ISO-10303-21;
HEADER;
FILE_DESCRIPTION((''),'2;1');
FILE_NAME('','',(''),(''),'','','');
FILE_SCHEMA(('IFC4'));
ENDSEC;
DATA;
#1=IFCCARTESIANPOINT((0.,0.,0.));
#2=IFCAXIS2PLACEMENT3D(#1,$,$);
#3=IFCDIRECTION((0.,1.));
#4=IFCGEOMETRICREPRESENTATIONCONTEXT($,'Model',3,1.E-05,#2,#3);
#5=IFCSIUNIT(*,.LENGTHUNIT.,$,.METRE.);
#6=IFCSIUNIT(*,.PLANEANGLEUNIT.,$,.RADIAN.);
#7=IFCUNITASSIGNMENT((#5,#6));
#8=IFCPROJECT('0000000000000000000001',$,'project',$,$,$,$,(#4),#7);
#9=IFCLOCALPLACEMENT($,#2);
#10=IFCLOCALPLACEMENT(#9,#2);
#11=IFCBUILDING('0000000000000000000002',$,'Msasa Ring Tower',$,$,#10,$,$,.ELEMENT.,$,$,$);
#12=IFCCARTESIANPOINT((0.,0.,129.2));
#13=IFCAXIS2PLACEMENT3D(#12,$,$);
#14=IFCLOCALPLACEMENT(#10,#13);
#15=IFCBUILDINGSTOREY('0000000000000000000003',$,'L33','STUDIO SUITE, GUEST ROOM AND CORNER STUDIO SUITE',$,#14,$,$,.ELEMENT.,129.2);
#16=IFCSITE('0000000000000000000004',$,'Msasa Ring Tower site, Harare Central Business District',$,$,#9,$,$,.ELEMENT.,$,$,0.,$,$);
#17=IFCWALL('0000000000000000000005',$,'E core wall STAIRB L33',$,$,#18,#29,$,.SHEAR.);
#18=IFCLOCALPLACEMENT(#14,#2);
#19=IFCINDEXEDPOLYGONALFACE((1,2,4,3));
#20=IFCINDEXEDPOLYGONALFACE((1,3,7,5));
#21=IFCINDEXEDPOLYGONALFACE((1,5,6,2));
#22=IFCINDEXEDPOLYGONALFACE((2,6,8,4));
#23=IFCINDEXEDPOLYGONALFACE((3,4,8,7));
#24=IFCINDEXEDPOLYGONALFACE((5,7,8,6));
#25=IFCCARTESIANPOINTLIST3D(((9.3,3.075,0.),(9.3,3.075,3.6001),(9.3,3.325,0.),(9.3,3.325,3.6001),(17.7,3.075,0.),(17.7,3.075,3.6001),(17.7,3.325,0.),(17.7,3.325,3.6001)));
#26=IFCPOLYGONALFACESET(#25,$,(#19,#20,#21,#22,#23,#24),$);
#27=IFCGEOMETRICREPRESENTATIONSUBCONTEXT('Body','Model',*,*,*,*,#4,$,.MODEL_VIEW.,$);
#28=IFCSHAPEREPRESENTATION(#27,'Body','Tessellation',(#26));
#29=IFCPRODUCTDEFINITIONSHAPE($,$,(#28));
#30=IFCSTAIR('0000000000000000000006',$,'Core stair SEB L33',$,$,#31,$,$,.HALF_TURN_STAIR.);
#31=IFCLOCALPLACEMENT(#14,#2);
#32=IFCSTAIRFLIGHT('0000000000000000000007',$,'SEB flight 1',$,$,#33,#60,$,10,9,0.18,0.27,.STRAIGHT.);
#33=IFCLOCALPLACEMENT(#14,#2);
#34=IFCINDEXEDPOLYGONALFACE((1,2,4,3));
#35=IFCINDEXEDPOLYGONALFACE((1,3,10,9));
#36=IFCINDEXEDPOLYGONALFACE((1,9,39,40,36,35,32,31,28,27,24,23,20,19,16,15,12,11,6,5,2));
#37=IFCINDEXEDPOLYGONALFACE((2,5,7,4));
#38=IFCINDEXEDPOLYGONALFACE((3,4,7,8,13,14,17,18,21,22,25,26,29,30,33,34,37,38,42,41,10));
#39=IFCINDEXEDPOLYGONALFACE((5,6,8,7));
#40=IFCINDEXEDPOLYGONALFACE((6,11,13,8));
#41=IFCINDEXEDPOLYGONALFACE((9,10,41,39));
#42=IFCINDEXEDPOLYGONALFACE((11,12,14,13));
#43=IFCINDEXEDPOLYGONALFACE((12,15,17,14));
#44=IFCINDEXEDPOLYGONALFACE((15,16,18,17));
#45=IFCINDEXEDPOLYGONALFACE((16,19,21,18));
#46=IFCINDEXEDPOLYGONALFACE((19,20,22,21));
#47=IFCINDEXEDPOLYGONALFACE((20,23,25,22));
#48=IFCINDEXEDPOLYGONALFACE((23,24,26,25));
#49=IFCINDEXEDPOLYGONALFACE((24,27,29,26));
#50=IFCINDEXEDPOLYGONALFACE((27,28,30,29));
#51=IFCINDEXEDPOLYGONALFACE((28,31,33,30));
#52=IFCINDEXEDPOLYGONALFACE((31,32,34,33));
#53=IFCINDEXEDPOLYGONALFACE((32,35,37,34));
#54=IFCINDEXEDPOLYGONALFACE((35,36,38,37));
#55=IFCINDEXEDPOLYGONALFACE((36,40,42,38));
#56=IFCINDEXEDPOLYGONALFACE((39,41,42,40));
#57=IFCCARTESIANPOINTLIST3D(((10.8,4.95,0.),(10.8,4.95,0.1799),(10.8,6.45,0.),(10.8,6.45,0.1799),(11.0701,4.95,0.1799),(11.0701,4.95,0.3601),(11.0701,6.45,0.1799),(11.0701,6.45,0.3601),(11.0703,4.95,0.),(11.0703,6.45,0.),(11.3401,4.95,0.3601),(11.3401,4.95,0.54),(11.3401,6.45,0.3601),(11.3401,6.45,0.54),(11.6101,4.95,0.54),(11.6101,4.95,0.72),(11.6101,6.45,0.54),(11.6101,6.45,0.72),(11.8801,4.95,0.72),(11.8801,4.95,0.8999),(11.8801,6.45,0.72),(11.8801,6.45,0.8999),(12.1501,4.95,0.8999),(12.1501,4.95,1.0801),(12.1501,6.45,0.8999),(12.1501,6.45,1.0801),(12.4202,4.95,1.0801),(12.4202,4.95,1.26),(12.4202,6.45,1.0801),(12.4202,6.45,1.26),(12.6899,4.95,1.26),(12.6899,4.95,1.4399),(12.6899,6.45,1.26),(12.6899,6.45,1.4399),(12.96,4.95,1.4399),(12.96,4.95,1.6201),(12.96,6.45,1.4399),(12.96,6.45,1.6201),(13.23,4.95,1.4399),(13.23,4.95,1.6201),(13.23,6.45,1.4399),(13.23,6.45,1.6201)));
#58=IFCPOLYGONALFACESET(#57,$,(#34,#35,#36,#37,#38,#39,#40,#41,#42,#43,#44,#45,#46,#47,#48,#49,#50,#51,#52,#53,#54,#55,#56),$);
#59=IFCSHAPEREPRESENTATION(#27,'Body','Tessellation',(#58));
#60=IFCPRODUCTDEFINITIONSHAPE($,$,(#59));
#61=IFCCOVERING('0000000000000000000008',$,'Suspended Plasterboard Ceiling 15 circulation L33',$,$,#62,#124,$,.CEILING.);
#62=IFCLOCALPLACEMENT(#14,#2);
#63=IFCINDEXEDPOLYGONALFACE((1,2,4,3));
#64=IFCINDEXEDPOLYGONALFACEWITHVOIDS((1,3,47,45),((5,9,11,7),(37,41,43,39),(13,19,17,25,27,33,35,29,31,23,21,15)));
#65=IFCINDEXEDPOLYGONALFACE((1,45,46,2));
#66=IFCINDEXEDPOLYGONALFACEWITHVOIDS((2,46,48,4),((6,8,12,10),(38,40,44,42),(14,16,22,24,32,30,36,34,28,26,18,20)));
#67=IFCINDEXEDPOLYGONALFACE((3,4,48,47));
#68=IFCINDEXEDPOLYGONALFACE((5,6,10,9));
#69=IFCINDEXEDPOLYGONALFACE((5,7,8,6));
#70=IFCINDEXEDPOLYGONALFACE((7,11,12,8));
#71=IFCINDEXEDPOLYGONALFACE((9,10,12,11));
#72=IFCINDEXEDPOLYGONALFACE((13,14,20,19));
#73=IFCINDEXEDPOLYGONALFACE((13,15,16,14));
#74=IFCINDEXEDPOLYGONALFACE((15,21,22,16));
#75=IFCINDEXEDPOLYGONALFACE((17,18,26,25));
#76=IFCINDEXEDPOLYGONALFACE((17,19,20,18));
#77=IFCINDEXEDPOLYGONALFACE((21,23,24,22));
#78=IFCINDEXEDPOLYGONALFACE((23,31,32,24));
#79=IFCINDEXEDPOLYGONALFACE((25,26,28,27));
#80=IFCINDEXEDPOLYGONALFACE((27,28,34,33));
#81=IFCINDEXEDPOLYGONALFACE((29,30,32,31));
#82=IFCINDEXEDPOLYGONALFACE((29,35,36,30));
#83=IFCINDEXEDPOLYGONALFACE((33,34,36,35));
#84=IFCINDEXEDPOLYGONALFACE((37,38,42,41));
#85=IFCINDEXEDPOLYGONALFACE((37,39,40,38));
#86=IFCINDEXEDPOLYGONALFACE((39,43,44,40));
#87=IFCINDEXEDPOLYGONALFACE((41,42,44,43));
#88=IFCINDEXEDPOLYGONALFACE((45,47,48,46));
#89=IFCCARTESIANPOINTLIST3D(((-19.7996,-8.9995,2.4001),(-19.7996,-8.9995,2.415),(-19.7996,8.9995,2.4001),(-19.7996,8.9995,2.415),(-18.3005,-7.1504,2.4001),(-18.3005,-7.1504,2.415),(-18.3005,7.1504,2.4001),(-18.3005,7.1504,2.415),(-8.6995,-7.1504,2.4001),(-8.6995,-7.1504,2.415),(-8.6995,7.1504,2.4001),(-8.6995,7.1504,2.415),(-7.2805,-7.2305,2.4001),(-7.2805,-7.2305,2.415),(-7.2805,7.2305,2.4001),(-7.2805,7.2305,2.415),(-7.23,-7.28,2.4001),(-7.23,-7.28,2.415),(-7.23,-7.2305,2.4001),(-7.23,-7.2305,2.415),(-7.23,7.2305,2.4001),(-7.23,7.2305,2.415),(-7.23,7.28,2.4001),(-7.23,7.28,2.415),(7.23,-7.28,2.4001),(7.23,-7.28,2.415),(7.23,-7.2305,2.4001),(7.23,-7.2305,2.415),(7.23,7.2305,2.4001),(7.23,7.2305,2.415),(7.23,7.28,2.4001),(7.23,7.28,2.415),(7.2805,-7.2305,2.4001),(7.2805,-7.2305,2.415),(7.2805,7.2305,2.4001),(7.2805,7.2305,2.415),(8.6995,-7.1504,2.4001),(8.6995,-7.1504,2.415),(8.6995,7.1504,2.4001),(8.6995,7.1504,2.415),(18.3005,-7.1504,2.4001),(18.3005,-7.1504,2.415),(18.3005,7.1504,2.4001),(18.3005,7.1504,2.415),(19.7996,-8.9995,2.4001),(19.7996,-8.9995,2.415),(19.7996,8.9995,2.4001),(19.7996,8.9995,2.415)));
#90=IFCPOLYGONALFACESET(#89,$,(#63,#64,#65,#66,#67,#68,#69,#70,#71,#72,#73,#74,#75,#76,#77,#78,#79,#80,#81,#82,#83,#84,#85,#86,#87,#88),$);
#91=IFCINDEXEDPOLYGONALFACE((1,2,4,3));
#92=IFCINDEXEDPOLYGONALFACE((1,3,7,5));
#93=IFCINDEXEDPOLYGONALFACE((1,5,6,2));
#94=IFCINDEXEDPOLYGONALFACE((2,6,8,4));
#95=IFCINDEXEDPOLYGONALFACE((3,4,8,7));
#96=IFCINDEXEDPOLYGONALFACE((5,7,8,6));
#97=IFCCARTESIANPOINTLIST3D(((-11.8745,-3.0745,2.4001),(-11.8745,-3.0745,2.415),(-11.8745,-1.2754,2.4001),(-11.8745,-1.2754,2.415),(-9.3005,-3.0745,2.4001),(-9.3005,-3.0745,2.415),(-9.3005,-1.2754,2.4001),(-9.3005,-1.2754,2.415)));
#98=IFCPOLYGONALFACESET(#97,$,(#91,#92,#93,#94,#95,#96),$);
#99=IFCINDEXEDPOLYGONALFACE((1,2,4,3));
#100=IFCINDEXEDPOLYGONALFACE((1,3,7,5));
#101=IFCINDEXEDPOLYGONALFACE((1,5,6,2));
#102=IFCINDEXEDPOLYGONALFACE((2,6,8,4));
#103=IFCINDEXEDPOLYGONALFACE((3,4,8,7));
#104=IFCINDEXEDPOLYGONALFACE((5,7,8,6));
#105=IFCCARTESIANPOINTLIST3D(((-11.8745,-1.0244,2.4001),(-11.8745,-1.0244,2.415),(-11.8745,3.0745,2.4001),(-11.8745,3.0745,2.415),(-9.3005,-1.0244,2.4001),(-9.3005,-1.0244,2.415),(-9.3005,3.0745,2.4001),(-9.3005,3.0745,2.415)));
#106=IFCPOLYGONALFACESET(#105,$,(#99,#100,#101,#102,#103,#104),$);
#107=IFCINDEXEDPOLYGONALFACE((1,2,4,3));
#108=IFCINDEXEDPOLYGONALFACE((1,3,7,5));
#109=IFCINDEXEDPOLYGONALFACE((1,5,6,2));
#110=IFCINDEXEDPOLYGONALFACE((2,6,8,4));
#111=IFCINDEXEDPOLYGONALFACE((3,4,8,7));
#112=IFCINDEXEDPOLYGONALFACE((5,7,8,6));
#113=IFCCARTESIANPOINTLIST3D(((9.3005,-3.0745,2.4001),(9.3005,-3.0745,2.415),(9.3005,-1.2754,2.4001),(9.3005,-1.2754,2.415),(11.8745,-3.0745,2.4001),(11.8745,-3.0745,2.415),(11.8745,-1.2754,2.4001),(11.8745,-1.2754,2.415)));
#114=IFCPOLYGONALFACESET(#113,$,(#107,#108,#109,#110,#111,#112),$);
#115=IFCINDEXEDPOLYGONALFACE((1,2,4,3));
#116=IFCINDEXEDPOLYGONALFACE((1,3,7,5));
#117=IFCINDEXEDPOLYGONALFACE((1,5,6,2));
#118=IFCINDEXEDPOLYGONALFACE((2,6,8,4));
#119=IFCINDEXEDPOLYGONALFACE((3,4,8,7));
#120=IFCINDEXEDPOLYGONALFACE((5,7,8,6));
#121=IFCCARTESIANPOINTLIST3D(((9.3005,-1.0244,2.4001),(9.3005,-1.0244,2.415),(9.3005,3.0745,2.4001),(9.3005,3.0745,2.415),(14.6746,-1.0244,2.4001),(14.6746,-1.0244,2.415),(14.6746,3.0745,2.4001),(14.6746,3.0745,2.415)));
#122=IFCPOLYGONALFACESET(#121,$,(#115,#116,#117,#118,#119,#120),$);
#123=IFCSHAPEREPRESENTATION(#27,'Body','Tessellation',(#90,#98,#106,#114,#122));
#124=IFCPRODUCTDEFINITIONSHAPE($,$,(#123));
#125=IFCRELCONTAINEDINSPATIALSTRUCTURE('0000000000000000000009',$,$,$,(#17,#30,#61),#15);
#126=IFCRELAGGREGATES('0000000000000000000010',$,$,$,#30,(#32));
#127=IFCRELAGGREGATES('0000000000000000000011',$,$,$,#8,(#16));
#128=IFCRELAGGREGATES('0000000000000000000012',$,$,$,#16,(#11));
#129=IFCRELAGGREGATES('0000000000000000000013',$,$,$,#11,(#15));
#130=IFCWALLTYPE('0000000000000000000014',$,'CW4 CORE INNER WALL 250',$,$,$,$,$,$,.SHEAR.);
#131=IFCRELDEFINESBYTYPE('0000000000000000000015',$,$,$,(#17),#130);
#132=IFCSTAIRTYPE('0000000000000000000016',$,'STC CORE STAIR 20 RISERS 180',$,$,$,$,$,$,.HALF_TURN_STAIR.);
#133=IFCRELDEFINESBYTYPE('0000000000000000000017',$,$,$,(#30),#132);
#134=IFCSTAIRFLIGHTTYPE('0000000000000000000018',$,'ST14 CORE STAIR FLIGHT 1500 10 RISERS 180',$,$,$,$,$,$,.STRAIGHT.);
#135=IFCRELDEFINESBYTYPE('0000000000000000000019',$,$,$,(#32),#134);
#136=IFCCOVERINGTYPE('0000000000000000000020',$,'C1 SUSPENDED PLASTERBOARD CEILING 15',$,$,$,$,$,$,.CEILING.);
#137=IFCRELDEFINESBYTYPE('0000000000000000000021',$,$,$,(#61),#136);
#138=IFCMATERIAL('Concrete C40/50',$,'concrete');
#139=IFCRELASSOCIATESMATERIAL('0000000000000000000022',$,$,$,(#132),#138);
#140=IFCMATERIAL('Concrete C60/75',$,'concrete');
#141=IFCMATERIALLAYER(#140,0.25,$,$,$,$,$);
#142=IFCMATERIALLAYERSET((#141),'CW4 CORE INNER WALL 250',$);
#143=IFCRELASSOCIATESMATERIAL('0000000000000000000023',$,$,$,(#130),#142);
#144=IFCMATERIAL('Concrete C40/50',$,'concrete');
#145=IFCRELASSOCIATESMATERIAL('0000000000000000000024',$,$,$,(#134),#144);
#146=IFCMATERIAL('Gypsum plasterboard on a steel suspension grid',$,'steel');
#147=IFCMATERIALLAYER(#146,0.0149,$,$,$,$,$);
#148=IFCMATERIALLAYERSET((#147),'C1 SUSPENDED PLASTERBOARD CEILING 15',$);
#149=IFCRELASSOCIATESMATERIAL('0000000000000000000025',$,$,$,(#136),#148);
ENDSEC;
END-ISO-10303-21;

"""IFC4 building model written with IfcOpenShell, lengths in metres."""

from ifc_helpers import new_model, si_unit, direction, frame, frame_2d, origin, place, context, subcontext, project, spatial, polyline, line, indexed_curve, rectangle, outline, extrude, material, layer, layer_set, type_object, element, aggregate, save


model = new_model("IFC4")

# Units and contexts
model_context = context("Model", 3, precision=1e-05, world=origin(), true_north=direction((0.0, 1.0)))
body_context = subcontext(model_context, "Body", "Model", "MODEL_VIEW")
ifc_project = project(units=[si_unit("LENGTHUNIT", "METRE"), si_unit("PLANEANGLEUNIT", "RADIAN")], contexts=[model_context])

# Site, building, storey
site_placement = place(None, origin())
site = spatial("IfcSite", under=ifc_project, at=site_placement, Name="Msasa Ring Tower site, Harare Central Business District", CompositionType="ELEMENT", RefElevation=0.0)
building_placement = place(site_placement, origin())
building = spatial("IfcBuilding", under=site, at=building_placement, Name="Msasa Ring Tower", CompositionType="ELEMENT")
storey_placement = place(building_placement, frame((0.0, 0.0, 129.2)))
storey = spatial("IfcBuildingStorey", under=building, at=storey_placement, Name="L33", Description="STUDIO SUITE, GUEST ROOM AND CORNER STUDIO SUITE", CompositionType="ELEMENT", Elevation=129.2)

# Shared definitions
ifc_material_1 = material(Name="Concrete C40/50", Category="concrete")
stair_type = type_object("IfcStairType", Name="STC CORE STAIR 20 RISERS 180", PredefinedType="HALF_TURN_STAIR", material=ifc_material_1)

# Wall
ifc_material_2 = material(Name="Concrete C60/75", Category="concrete")
ifc_layer_1 = layer(ifc_material_2, 0.25)
ifc_layer_set_1 = layer_set([ifc_layer_1], Name="CW4 CORE INNER WALL 250")
wall_type = type_object("IfcWallType", Name="CW4 CORE INNER WALL 250", PredefinedType="SHEAR", material=ifc_layer_set_1)
wall_placement = place(storey_placement, frame((9.3, 3.2, 0.0), z_axis=(0.0, 0.0, 1.0), x_axis=(1.0, 0.0, 0.0)))
element("IfcWall", 1, at=wall_placement, inside=storey, type_object=wall_type, Name="E core wall STAIRB L33", PredefinedType="SHEAR", context=body_context, shape_type="SweptSolid", body=[
    extrude(rectangle(XDim=8.3999, YDim=0.25, at=frame_2d((4.2, 0.0))), origin(), (0.0, 0.0, 1.0), 3.6001),
])

# Stair, stair flight
stair_1_placement = place(storey_placement, origin())
stair_1 = element("IfcStair", 2, at=stair_1_placement, inside=storey, type_object=stair_type, Name="Core stair SEB L33", PredefinedType="HALF_TURN_STAIR")
ifc_material_3 = material(Name="Concrete C40/50", Category="concrete")
stair_flight_type = type_object("IfcStairFlightType", Name="ST14 CORE STAIR FLIGHT 1500 10 RISERS 180", PredefinedType="STRAIGHT", material=ifc_material_3)
stair_flight_placement = place(storey_placement, frame((10.8, 5.7, 0.0), z_axis=(0.0, 0.0, 1.0), x_axis=(1.0, 0.0, 0.0)))
stair_flight = element("IfcStairFlight", 3, at=stair_flight_placement, type_object=stair_flight_type, Name="SEB flight 1", NumberOfRisers=10, NumberOfTreads=9, PredefinedType="STRAIGHT", RiserHeight=0.18, TreadLength=0.27, context=body_context, shape_type="SweptSolid", body=[
    extrude(outline(polyline([(0.0, 0.0), (0.0, 0.1799), (0.27, 0.1799), (0.27, 0.3601), (0.54, 0.3601), (0.54, 0.54), (0.8101, 0.54), (0.8101, 0.72), (1.0801, 0.72), (1.0801, 0.8999), (1.3501, 0.8999), (1.3501, 1.0801), (1.6201, 1.0801), (1.6201, 1.26), (1.8899, 1.26), (1.8899, 1.4399), (2.1599, 1.4399), (2.1599, 1.6201), (2.4299, 1.6201), (2.4299, 1.8), (2.4299, 1.4399), (0.2703, 0.0), (0.0, 0.0)])), frame((0.0, 0.75, 0.0), z_axis=(0.0, -1.0, 0.0), x_axis=(1.0, 0.0, 0.0)), (0.0, 0.0, 1.0), 1.5),
])
aggregate(stair_1, [stair_flight])

# Covering
ifc_material_4 = material(Name="Gypsum plasterboard on a steel suspension grid", Category="steel")
ifc_layer_2 = layer(ifc_material_4, 0.0149)
ifc_layer_set_2 = layer_set([ifc_layer_2], Name="C1 SUSPENDED PLASTERBOARD CEILING 15")
covering_type_1 = type_object("IfcCoveringType", Name="C1 SUSPENDED PLASTERBOARD CEILING 15", PredefinedType="CEILING", material=ifc_layer_set_2)
covering_1_placement = place(storey_placement, frame((0.0, 0.0, 2.4001)))
element("IfcCovering", 4, at=covering_1_placement, inside=storey, type_object=covering_type_1, Name="Suspended Plasterboard Ceiling 15 circulation L33", PredefinedType="CEILING", context=body_context, shape_type="SweptSolid", body=[
    extrude(outline(indexed_curve([(19.7996, 8.9995), (19.7996, -8.9995), (-19.7996, -8.9995), (-19.7996, 8.9995)], segments=[line(1, 2, 3, 4, 1)], self_intersect=False), holes=[indexed_curve([(18.3005, -7.1504), (18.3005, 7.1504), (8.6995, 7.1504), (8.6995, -7.1504)], segments=[line(1, 2, 3, 4, 1)], self_intersect=False), indexed_curve([(-8.6995, -7.1504), (-8.6995, 7.1504), (-18.3005, 7.1504), (-18.3005, -7.1504)], segments=[line(1, 2, 3, 4, 1)], self_intersect=False), indexed_curve([(-7.2805, 7.2305), (-7.2805, -7.2305), (-7.23, -7.2305), (-7.23, -7.28), (7.23, -7.28), (7.23, -7.2305), (7.2805, -7.2305), (7.2805, 7.2305), (7.23, 7.2305), (7.23, 7.28), (-7.23, 7.28), (-7.23, 7.2305)], segments=[line(1, 2, 3, 4, 5, 6, 7, 8, 9, 10, 11, 12, 1)], self_intersect=False)]), origin(), (0.0, 0.0, 1.0), 0.0149),
    extrude(outline(indexed_curve([(-9.3005, -3.0745), (-11.8745, -3.0745), (-11.8745, -1.2754), (-9.3005, -1.2754)], segments=[line(1, 2, 3, 4, 1)], self_intersect=False)), origin(), (0.0, 0.0, 1.0), 0.0149),
    extrude(outline(indexed_curve([(-11.8745, -1.0244), (-11.8745, 3.0745), (-9.3005, 3.0745), (-9.3005, -1.0244)], segments=[line(1, 2, 3, 4, 1)], self_intersect=False)), origin(), (0.0, 0.0, 1.0), 0.0149),
    extrude(outline(indexed_curve([(11.8745, -3.0745), (9.3005, -3.0745), (9.3005, -1.2754), (11.8745, -1.2754)], segments=[line(1, 2, 3, 4, 1)], self_intersect=False)), origin(), (0.0, 0.0, 1.0), 0.0149),
    extrude(outline(indexed_curve([(9.3005, -1.0244), (9.3005, 3.0745), (14.6746, 3.0745), (14.6746, -1.0244)], segments=[line(1, 2, 3, 4, 1)], self_intersect=False)), origin(), (0.0, 0.0, 1.0), 0.0149),
])

save(model, "model.ifc")
